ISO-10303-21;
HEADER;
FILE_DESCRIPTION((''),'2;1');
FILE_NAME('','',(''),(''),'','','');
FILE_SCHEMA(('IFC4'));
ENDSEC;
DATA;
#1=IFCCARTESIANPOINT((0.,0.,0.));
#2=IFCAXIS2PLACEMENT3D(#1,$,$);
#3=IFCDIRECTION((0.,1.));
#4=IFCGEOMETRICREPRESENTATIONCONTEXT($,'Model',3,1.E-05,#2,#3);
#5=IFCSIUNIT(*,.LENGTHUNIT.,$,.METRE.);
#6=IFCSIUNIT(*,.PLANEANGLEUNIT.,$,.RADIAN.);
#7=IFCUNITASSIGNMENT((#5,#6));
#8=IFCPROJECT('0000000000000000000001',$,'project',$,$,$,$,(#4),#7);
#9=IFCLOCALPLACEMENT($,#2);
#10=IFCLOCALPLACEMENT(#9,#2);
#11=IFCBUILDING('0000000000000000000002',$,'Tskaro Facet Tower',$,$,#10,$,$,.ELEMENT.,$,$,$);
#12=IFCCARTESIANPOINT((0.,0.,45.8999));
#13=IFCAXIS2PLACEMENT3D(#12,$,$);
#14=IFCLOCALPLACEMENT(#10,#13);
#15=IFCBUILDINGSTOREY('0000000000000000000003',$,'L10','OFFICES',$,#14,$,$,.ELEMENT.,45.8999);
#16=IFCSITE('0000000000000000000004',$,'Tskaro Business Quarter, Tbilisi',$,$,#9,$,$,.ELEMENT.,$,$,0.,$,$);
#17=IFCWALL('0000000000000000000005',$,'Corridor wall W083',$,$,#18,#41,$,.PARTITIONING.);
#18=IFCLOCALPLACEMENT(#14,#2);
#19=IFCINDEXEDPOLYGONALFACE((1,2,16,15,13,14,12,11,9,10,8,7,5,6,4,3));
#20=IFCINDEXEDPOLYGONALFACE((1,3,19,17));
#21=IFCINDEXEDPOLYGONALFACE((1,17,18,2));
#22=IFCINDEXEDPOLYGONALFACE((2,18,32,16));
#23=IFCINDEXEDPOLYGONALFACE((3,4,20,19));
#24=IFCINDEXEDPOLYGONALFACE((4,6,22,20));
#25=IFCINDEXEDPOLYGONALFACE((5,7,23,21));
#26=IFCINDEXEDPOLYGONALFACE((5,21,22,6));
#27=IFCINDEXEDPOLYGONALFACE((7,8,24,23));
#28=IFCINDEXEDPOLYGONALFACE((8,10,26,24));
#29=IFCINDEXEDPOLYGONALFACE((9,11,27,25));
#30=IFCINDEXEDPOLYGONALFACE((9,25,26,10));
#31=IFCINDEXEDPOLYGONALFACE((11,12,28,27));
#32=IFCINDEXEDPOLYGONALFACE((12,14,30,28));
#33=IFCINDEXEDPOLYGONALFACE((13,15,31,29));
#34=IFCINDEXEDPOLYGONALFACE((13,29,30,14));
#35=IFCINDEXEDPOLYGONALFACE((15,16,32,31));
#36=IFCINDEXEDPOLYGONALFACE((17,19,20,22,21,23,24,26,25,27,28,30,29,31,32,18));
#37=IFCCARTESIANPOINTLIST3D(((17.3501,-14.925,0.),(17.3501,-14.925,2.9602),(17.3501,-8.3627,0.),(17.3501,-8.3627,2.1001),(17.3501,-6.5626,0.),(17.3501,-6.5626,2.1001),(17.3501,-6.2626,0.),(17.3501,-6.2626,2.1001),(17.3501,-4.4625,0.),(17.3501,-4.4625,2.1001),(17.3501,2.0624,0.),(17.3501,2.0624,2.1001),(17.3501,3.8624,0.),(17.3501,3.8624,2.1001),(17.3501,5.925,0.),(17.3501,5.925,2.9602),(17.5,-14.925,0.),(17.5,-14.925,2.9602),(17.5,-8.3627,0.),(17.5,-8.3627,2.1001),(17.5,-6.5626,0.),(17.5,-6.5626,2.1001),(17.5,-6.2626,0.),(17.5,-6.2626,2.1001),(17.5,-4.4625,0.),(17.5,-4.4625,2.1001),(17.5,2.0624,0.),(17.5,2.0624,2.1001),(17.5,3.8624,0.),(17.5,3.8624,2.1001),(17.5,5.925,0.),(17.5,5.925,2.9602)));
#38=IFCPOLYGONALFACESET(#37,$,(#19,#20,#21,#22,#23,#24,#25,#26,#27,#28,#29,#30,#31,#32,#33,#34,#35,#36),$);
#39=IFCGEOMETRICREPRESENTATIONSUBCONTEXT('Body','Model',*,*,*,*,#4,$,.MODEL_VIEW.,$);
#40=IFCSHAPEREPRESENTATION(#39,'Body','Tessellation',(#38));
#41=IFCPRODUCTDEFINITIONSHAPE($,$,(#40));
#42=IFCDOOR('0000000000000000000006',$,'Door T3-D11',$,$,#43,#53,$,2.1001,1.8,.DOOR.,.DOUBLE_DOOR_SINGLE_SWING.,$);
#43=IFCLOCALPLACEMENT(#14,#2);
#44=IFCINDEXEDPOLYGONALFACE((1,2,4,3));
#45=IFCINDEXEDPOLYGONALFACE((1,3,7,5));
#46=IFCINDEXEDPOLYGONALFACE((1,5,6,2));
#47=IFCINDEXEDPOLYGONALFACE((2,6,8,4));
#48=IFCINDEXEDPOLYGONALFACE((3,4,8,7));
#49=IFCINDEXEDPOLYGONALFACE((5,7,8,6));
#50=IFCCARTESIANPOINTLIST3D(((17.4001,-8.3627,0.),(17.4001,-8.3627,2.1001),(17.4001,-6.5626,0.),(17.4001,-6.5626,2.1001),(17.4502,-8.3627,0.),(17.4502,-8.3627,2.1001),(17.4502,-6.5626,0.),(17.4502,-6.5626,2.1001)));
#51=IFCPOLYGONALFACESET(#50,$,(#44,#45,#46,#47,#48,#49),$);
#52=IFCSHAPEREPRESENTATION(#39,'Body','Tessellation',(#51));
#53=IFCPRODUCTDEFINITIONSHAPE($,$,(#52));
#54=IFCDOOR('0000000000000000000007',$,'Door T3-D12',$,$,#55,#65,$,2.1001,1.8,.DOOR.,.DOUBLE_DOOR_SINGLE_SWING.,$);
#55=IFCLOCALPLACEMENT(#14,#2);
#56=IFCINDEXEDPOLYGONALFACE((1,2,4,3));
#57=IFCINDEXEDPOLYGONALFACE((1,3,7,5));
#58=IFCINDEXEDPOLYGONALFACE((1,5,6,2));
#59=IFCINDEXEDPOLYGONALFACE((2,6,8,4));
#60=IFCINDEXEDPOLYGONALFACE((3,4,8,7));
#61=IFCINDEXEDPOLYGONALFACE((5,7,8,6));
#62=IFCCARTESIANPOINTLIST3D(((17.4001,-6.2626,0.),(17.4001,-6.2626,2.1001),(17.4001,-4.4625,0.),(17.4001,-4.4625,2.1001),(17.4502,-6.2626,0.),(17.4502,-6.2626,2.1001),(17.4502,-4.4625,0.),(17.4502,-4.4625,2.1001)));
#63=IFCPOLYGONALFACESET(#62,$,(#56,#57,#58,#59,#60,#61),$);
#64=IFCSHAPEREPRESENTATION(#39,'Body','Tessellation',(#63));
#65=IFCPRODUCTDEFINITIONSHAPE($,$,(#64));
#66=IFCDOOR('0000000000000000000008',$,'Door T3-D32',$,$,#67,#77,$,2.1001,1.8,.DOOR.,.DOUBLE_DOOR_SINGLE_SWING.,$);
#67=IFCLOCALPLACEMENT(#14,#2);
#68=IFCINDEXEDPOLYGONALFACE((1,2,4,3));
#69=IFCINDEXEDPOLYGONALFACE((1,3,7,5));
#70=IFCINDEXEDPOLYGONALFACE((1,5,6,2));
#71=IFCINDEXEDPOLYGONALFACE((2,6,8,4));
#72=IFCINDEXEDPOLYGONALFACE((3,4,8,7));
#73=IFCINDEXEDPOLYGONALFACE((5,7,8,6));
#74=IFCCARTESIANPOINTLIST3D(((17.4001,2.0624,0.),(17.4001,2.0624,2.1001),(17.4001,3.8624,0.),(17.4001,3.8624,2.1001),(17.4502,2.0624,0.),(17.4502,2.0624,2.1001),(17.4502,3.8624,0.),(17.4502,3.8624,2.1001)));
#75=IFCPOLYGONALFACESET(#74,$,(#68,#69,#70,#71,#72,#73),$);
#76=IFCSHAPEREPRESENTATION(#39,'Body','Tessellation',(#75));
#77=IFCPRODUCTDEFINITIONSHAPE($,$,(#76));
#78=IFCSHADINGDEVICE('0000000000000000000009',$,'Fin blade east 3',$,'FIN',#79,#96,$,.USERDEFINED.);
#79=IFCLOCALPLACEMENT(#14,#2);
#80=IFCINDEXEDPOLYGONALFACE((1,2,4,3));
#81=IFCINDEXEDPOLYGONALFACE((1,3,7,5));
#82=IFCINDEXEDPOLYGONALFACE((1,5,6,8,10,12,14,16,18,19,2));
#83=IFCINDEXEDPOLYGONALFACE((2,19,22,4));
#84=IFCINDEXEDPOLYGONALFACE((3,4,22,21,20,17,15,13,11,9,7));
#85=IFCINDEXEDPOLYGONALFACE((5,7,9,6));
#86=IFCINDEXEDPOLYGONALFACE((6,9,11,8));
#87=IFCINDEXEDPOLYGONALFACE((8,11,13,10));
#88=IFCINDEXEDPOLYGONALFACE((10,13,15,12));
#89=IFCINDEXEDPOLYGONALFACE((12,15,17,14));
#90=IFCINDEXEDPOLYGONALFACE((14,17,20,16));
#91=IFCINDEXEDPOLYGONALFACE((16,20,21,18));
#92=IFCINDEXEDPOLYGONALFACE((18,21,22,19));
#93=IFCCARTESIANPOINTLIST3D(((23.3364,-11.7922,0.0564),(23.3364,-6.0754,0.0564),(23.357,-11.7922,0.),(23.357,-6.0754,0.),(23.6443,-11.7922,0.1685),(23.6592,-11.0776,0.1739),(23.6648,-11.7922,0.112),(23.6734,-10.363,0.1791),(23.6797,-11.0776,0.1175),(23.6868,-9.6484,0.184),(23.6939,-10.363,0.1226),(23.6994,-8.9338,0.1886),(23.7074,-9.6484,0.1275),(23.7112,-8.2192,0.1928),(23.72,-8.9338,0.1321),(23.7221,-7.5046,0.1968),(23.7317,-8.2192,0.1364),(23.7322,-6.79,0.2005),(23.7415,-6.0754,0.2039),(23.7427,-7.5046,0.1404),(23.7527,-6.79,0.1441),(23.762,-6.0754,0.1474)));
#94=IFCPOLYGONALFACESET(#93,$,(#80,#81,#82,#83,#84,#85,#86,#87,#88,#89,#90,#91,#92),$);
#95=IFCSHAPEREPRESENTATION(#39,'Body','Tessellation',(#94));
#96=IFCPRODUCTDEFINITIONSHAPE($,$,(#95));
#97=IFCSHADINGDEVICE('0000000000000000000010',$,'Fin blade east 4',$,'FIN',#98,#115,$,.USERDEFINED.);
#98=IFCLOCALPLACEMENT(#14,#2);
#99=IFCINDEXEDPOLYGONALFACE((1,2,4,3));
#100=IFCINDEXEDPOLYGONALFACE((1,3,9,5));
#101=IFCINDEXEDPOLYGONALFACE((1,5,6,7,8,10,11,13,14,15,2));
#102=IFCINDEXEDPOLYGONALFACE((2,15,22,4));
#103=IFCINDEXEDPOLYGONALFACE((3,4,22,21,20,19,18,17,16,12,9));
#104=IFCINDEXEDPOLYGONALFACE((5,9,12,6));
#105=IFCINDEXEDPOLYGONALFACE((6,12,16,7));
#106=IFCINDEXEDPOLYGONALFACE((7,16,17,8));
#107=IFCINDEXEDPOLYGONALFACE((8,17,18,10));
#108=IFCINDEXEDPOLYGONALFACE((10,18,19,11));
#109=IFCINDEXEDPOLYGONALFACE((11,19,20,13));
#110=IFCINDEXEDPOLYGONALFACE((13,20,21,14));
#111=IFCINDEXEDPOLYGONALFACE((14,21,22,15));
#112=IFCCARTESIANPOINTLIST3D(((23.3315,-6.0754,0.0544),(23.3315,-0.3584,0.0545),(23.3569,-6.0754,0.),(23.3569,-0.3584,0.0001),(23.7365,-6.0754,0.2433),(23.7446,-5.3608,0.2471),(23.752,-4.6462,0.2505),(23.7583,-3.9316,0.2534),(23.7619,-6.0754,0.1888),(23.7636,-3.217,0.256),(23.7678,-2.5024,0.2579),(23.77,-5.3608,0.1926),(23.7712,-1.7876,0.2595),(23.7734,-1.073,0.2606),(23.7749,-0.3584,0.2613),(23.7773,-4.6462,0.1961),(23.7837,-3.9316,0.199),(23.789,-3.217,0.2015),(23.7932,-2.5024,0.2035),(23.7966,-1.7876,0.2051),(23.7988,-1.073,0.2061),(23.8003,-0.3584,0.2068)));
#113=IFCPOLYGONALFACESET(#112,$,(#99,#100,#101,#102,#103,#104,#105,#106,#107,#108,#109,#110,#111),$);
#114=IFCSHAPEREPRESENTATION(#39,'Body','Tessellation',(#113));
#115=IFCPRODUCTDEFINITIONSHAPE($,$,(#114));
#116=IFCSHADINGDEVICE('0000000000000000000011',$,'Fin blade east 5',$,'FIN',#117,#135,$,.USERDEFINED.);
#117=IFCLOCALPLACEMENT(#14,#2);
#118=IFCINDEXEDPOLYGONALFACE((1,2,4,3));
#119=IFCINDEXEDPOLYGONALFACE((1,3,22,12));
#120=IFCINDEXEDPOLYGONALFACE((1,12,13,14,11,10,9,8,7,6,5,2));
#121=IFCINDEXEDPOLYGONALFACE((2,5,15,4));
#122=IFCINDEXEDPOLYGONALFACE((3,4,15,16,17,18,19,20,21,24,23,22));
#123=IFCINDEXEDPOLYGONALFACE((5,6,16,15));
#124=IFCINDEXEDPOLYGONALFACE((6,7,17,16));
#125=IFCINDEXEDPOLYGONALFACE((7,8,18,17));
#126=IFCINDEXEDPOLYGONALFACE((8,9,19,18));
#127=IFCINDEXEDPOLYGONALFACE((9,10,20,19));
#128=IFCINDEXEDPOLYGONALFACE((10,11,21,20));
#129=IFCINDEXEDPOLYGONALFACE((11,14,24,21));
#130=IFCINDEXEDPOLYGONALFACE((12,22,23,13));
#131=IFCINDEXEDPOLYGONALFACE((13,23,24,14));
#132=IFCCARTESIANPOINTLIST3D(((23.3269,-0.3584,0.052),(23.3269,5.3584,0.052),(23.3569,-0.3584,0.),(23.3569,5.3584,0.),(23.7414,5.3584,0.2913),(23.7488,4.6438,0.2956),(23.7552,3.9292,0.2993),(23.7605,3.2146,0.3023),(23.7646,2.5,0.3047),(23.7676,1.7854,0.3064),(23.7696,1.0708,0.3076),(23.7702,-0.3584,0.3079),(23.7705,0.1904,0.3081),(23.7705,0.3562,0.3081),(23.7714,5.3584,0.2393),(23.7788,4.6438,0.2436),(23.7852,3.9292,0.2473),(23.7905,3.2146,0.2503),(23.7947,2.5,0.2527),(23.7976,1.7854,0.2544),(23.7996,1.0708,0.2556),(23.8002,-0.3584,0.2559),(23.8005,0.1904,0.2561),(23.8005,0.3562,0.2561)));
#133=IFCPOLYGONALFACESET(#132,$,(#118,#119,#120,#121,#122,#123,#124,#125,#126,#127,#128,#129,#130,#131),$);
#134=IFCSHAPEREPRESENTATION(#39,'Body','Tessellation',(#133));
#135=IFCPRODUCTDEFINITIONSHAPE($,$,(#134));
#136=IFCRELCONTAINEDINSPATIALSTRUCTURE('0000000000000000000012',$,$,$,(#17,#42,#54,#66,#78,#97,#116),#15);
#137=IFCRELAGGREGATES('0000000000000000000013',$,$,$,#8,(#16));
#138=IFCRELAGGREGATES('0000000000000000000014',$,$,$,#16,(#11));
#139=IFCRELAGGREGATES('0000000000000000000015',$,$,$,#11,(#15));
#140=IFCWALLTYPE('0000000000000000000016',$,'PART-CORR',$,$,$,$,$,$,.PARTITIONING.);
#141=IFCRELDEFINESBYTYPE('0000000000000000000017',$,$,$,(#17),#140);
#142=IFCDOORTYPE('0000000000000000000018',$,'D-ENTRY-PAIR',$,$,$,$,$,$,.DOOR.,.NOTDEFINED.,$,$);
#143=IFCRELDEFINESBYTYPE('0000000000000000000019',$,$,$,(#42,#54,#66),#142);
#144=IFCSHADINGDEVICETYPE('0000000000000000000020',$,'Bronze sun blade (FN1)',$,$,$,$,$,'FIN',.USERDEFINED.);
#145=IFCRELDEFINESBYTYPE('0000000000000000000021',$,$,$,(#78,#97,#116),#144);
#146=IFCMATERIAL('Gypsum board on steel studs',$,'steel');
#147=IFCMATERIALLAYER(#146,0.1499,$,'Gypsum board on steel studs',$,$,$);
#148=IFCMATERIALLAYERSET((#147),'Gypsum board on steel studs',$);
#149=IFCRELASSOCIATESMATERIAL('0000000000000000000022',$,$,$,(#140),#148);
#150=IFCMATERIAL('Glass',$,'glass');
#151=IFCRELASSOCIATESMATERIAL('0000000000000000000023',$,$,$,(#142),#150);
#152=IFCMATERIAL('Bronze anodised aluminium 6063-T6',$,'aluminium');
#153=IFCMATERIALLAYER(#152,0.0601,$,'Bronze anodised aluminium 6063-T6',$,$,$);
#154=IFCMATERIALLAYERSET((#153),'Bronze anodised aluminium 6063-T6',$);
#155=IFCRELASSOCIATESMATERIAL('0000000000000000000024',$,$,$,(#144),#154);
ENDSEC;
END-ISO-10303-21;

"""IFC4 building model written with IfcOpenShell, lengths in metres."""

from ifc_helpers import new_model, si_unit, direction, frame, frame_2d, origin, place, context, subcontext, project, spatial, polyline, rectangle, outline, extrude, material, layer, layer_set, type_object, element, fill, save


model = new_model("IFC4")

# Units and contexts
model_context = context("Model", 3, precision=1e-05, world=origin(), true_north=direction((0.0, 1.0)))
body_context = subcontext(model_context, "Body", "Model", "MODEL_VIEW")
ifc_project = project(units=[si_unit("LENGTHUNIT", "METRE"), si_unit("PLANEANGLEUNIT", "RADIAN")], contexts=[model_context])

# Site, building, storey
site_placement = place(None, origin())
site = spatial("IfcSite", under=ifc_project, at=site_placement, Name="Tskaro Business Quarter, Tbilisi", CompositionType="ELEMENT", RefElevation=0.0)
building_placement = place(site_placement, origin())
building = spatial("IfcBuilding", under=site, at=building_placement, Name="Tskaro Facet Tower", CompositionType="ELEMENT")
storey_placement = place(building_placement, frame((0.0, 0.0, 45.8999)))
storey = spatial("IfcBuildingStorey", under=building, at=storey_placement, Name="L10", Description="OFFICES", CompositionType="ELEMENT", Elevation=45.8999)

# Shared definitions
ifc_material_1 = material(Name="Bronze anodised aluminium 6063-T6", Category="aluminium")

# Wall, openings, doors
ifc_material_2 = material(Name="Gypsum board on steel studs", Category="steel")
ifc_layer_1 = layer(ifc_material_2, 0.1499, Name="Gypsum board on steel studs")
ifc_layer_set_1 = layer_set([ifc_layer_1], Name="Gypsum board on steel studs")
wall_type_1 = type_object("IfcWallType", Name="PART-CORR", PredefinedType="PARTITIONING", material=ifc_layer_set_1)
wall_1_placement = place(storey_placement, frame((17.425, -14.925, 0.0), z_axis=(0.0, 0.0, 1.0), x_axis=(0.0, 1.0, 0.0)))
wall_1 = element("IfcWall", 1, at=wall_1_placement, inside=storey, type_object=wall_type_1, Name="Corridor wall W083", PredefinedType="PARTITIONING", context=body_context, shape_type="SweptSolid", body=[
    extrude(rectangle(XDim=20.8501, YDim=0.1499, at=frame_2d((10.425, 0.0))), origin(), (0.0, 0.0, 1.0), 2.9602),
])
opening_1_placement = place(wall_1_placement, frame((6.5625, 0.0, 0.0)))
opening_1 = element("IfcOpeningElement", 2, at=opening_1_placement, cuts=wall_1, PredefinedType="OPENING", context=body_context, shape_type="SweptSolid", body=[
    extrude(rectangle(XDim=1.8, YDim=2.1001, at=frame_2d((0.8999, 1.05))), frame((0.0, 0.085, 0.0), z_axis=(0.0, -1.0, 0.0), x_axis=(1.0, 0.0, 0.0)), (0.0, 0.0, 1.0), 0.1699),
])
opening_2_placement = place(wall_1_placement, frame((8.6626, 0.0, 0.0)))
opening_2 = element("IfcOpeningElement", 3, at=opening_2_placement, cuts=wall_1, PredefinedType="OPENING", context=body_context, shape_type="SweptSolid", body=[
    extrude(rectangle(XDim=1.8, YDim=2.1001, at=frame_2d((0.8999, 1.05))), frame((0.0, 0.085, 0.0), z_axis=(0.0, -1.0, 0.0), x_axis=(1.0, 0.0, 0.0)), (0.0, 0.0, 1.0), 0.1699),
])
opening_3_placement = place(wall_1_placement, frame((16.9875, 0.0, 0.0)))
opening_3 = element("IfcOpeningElement", 4, at=opening_3_placement, cuts=wall_1, PredefinedType="OPENING", context=body_context, shape_type="SweptSolid", body=[
    extrude(rectangle(XDim=1.8, YDim=2.1001, at=frame_2d((0.8999, 1.05))), frame((0.0, 0.085, 0.0), z_axis=(0.0, -1.0, 0.0), x_axis=(1.0, 0.0, 0.0)), (0.0, 0.0, 1.0), 0.1699),
])
ifc_material_3 = material(Name="Glass", Category="glass")
door_type_1 = type_object("IfcDoorType", Name="D-ENTRY-PAIR", OperationType="NOTDEFINED", PredefinedType="DOOR", material=ifc_material_3)
door_1_placement = place(opening_1_placement, origin())
door_1 = element("IfcDoor", 5, at=door_1_placement, inside=storey, type_object=door_type_1, Name="Door T3-D11", OperationType="DOUBLE_DOOR_SINGLE_SWING", OverallHeight=2.1001, OverallWidth=1.8, PredefinedType="DOOR", context=body_context, shape_type="SweptSolid", body=[
    extrude(rectangle(XDim=1.8, YDim=2.1001, at=frame_2d((0.8999, 1.05))), frame((0.0, 0.0249, 0.0), z_axis=(0.0, -1.0, 0.0), x_axis=(1.0, 0.0, 0.0)), (0.0, 0.0, 1.0), 0.05),
])
fill(opening_1, door_1)
door_2_placement = place(opening_2_placement, origin())
door_2 = element("IfcDoor", 6, at=door_2_placement, inside=storey, type_object=door_type_1, Name="Door T3-D12", OperationType="DOUBLE_DOOR_SINGLE_SWING", OverallHeight=2.1001, OverallWidth=1.8, PredefinedType="DOOR", context=body_context, shape_type="SweptSolid", body=[
    extrude(rectangle(XDim=1.8, YDim=2.1001, at=frame_2d((0.8999, 1.05))), frame((0.0, 0.0249, 0.0), z_axis=(0.0, -1.0, 0.0), x_axis=(1.0, 0.0, 0.0)), (0.0, 0.0, 1.0), 0.05),
])
fill(opening_2, door_2)
door_3_placement = place(opening_3_placement, origin())
door_3 = element("IfcDoor", 7, at=door_3_placement, inside=storey, type_object=door_type_1, Name="Door T3-D32", OperationType="DOUBLE_DOOR_SINGLE_SWING", OverallHeight=2.1001, OverallWidth=1.8, PredefinedType="DOOR", context=body_context, shape_type="SweptSolid", body=[
    extrude(rectangle(XDim=1.8, YDim=2.1001, at=frame_2d((0.8999, 1.05))), frame((0.0, 0.0249, 0.0), z_axis=(0.0, -1.0, 0.0), x_axis=(1.0, 0.0, 0.0)), (0.0, 0.0, 1.0), 0.05),
])
fill(opening_3, door_3)

# Shading devices
ifc_layer_2 = layer(ifc_material_1, 0.0601, Name="Bronze anodised aluminium 6063-T6")
ifc_layer_set_2 = layer_set([ifc_layer_2], Name="Bronze anodised aluminium 6063-T6")
shading_device_type = type_object("IfcShadingDeviceType", Name="Bronze sun blade (FN1)", ElementType="FIN", PredefinedType="USERDEFINED", material=ifc_layer_set_2)
shading_device_1_placement = place(storey_placement, frame((23.3364, -11.7922, 0.0564), z_axis=(-0.342116, -0.000001, 0.939658), x_axis=(0.0, 1.0, 0.000001)))
element("IfcShadingDevice", 8, at=shading_device_1_placement, inside=storey, type_object=shading_device_type, Name="Fin blade east 3", ObjectType="FIN", PredefinedType="USERDEFINED", context=body_context, shape_type="SweptSolid", body=[
    extrude(outline(polyline([(0.0, 0.0), (5.7168, 0.0), (5.7168, -0.431), (5.0022, -0.4212), (4.2876, -0.4105), (3.573, -0.3988), (2.8584, -0.3863), (2.1438, -0.3729), (1.4292, -0.3586), (0.7146, -0.3435), (0.0, -0.3276), (0.0, 0.0)])), origin(), (0.0, 0.0, -1.0), 0.0601),
])
shading_device_2_placement = place(storey_placement, frame((23.3315, -6.0754, 0.0544), z_axis=(-0.422577, -0.000015, 0.906327), x_axis=(-0.000006, 1.0, 0.000014)))
element("IfcShadingDevice", 9, at=shading_device_2_placement, inside=storey, type_object=shading_device_type, Name="Fin blade east 4", ObjectType="FIN", PredefinedType="USERDEFINED", context=body_context, shape_type="SweptSolid", body=[
    extrude(outline(polyline([(0.0, 0.0), (5.717, 0.0), (5.717, -0.4892), (5.0024, -0.4876), (4.2878, -0.4852), (3.573, -0.4814), (2.8584, -0.4768), (2.1438, -0.4709), (1.4292, -0.4639), (0.7146, -0.4558), (0.0, -0.4468), (0.0, 0.0)])), origin(), (0.0, 0.0, -1.0), 0.0601),
])
shading_device_3_placement = place(storey_placement, frame((23.3269, -0.3584, 0.052), z_axis=(-0.499993, -0.000003, 0.866029), x_axis=(-0.000001, 1.0, 0.000002)))
element("IfcShadingDevice", 10, at=shading_device_3_placement, inside=storey, type_object=shading_device_type, Name="Fin blade east 5", ObjectType="FIN", PredefinedType="USERDEFINED", context=body_context, shape_type="SweptSolid", body=[
    extrude(outline(polyline([(0.0, 0.0), (5.7168, 0.0), (5.7168, -0.4786), (5.0022, -0.4872), (4.2876, -0.4945), (3.573, -0.5006), (2.8584, -0.5054), (2.1438, -0.5088), (1.4292, -0.5111), (0.7146, -0.5122), (0.5488, -0.5122), (0.0, -0.5119), (0.0, 0.0)])), origin(), (0.0, 0.0, -1.0), 0.0601),
])

save(model, "model.ifc")
